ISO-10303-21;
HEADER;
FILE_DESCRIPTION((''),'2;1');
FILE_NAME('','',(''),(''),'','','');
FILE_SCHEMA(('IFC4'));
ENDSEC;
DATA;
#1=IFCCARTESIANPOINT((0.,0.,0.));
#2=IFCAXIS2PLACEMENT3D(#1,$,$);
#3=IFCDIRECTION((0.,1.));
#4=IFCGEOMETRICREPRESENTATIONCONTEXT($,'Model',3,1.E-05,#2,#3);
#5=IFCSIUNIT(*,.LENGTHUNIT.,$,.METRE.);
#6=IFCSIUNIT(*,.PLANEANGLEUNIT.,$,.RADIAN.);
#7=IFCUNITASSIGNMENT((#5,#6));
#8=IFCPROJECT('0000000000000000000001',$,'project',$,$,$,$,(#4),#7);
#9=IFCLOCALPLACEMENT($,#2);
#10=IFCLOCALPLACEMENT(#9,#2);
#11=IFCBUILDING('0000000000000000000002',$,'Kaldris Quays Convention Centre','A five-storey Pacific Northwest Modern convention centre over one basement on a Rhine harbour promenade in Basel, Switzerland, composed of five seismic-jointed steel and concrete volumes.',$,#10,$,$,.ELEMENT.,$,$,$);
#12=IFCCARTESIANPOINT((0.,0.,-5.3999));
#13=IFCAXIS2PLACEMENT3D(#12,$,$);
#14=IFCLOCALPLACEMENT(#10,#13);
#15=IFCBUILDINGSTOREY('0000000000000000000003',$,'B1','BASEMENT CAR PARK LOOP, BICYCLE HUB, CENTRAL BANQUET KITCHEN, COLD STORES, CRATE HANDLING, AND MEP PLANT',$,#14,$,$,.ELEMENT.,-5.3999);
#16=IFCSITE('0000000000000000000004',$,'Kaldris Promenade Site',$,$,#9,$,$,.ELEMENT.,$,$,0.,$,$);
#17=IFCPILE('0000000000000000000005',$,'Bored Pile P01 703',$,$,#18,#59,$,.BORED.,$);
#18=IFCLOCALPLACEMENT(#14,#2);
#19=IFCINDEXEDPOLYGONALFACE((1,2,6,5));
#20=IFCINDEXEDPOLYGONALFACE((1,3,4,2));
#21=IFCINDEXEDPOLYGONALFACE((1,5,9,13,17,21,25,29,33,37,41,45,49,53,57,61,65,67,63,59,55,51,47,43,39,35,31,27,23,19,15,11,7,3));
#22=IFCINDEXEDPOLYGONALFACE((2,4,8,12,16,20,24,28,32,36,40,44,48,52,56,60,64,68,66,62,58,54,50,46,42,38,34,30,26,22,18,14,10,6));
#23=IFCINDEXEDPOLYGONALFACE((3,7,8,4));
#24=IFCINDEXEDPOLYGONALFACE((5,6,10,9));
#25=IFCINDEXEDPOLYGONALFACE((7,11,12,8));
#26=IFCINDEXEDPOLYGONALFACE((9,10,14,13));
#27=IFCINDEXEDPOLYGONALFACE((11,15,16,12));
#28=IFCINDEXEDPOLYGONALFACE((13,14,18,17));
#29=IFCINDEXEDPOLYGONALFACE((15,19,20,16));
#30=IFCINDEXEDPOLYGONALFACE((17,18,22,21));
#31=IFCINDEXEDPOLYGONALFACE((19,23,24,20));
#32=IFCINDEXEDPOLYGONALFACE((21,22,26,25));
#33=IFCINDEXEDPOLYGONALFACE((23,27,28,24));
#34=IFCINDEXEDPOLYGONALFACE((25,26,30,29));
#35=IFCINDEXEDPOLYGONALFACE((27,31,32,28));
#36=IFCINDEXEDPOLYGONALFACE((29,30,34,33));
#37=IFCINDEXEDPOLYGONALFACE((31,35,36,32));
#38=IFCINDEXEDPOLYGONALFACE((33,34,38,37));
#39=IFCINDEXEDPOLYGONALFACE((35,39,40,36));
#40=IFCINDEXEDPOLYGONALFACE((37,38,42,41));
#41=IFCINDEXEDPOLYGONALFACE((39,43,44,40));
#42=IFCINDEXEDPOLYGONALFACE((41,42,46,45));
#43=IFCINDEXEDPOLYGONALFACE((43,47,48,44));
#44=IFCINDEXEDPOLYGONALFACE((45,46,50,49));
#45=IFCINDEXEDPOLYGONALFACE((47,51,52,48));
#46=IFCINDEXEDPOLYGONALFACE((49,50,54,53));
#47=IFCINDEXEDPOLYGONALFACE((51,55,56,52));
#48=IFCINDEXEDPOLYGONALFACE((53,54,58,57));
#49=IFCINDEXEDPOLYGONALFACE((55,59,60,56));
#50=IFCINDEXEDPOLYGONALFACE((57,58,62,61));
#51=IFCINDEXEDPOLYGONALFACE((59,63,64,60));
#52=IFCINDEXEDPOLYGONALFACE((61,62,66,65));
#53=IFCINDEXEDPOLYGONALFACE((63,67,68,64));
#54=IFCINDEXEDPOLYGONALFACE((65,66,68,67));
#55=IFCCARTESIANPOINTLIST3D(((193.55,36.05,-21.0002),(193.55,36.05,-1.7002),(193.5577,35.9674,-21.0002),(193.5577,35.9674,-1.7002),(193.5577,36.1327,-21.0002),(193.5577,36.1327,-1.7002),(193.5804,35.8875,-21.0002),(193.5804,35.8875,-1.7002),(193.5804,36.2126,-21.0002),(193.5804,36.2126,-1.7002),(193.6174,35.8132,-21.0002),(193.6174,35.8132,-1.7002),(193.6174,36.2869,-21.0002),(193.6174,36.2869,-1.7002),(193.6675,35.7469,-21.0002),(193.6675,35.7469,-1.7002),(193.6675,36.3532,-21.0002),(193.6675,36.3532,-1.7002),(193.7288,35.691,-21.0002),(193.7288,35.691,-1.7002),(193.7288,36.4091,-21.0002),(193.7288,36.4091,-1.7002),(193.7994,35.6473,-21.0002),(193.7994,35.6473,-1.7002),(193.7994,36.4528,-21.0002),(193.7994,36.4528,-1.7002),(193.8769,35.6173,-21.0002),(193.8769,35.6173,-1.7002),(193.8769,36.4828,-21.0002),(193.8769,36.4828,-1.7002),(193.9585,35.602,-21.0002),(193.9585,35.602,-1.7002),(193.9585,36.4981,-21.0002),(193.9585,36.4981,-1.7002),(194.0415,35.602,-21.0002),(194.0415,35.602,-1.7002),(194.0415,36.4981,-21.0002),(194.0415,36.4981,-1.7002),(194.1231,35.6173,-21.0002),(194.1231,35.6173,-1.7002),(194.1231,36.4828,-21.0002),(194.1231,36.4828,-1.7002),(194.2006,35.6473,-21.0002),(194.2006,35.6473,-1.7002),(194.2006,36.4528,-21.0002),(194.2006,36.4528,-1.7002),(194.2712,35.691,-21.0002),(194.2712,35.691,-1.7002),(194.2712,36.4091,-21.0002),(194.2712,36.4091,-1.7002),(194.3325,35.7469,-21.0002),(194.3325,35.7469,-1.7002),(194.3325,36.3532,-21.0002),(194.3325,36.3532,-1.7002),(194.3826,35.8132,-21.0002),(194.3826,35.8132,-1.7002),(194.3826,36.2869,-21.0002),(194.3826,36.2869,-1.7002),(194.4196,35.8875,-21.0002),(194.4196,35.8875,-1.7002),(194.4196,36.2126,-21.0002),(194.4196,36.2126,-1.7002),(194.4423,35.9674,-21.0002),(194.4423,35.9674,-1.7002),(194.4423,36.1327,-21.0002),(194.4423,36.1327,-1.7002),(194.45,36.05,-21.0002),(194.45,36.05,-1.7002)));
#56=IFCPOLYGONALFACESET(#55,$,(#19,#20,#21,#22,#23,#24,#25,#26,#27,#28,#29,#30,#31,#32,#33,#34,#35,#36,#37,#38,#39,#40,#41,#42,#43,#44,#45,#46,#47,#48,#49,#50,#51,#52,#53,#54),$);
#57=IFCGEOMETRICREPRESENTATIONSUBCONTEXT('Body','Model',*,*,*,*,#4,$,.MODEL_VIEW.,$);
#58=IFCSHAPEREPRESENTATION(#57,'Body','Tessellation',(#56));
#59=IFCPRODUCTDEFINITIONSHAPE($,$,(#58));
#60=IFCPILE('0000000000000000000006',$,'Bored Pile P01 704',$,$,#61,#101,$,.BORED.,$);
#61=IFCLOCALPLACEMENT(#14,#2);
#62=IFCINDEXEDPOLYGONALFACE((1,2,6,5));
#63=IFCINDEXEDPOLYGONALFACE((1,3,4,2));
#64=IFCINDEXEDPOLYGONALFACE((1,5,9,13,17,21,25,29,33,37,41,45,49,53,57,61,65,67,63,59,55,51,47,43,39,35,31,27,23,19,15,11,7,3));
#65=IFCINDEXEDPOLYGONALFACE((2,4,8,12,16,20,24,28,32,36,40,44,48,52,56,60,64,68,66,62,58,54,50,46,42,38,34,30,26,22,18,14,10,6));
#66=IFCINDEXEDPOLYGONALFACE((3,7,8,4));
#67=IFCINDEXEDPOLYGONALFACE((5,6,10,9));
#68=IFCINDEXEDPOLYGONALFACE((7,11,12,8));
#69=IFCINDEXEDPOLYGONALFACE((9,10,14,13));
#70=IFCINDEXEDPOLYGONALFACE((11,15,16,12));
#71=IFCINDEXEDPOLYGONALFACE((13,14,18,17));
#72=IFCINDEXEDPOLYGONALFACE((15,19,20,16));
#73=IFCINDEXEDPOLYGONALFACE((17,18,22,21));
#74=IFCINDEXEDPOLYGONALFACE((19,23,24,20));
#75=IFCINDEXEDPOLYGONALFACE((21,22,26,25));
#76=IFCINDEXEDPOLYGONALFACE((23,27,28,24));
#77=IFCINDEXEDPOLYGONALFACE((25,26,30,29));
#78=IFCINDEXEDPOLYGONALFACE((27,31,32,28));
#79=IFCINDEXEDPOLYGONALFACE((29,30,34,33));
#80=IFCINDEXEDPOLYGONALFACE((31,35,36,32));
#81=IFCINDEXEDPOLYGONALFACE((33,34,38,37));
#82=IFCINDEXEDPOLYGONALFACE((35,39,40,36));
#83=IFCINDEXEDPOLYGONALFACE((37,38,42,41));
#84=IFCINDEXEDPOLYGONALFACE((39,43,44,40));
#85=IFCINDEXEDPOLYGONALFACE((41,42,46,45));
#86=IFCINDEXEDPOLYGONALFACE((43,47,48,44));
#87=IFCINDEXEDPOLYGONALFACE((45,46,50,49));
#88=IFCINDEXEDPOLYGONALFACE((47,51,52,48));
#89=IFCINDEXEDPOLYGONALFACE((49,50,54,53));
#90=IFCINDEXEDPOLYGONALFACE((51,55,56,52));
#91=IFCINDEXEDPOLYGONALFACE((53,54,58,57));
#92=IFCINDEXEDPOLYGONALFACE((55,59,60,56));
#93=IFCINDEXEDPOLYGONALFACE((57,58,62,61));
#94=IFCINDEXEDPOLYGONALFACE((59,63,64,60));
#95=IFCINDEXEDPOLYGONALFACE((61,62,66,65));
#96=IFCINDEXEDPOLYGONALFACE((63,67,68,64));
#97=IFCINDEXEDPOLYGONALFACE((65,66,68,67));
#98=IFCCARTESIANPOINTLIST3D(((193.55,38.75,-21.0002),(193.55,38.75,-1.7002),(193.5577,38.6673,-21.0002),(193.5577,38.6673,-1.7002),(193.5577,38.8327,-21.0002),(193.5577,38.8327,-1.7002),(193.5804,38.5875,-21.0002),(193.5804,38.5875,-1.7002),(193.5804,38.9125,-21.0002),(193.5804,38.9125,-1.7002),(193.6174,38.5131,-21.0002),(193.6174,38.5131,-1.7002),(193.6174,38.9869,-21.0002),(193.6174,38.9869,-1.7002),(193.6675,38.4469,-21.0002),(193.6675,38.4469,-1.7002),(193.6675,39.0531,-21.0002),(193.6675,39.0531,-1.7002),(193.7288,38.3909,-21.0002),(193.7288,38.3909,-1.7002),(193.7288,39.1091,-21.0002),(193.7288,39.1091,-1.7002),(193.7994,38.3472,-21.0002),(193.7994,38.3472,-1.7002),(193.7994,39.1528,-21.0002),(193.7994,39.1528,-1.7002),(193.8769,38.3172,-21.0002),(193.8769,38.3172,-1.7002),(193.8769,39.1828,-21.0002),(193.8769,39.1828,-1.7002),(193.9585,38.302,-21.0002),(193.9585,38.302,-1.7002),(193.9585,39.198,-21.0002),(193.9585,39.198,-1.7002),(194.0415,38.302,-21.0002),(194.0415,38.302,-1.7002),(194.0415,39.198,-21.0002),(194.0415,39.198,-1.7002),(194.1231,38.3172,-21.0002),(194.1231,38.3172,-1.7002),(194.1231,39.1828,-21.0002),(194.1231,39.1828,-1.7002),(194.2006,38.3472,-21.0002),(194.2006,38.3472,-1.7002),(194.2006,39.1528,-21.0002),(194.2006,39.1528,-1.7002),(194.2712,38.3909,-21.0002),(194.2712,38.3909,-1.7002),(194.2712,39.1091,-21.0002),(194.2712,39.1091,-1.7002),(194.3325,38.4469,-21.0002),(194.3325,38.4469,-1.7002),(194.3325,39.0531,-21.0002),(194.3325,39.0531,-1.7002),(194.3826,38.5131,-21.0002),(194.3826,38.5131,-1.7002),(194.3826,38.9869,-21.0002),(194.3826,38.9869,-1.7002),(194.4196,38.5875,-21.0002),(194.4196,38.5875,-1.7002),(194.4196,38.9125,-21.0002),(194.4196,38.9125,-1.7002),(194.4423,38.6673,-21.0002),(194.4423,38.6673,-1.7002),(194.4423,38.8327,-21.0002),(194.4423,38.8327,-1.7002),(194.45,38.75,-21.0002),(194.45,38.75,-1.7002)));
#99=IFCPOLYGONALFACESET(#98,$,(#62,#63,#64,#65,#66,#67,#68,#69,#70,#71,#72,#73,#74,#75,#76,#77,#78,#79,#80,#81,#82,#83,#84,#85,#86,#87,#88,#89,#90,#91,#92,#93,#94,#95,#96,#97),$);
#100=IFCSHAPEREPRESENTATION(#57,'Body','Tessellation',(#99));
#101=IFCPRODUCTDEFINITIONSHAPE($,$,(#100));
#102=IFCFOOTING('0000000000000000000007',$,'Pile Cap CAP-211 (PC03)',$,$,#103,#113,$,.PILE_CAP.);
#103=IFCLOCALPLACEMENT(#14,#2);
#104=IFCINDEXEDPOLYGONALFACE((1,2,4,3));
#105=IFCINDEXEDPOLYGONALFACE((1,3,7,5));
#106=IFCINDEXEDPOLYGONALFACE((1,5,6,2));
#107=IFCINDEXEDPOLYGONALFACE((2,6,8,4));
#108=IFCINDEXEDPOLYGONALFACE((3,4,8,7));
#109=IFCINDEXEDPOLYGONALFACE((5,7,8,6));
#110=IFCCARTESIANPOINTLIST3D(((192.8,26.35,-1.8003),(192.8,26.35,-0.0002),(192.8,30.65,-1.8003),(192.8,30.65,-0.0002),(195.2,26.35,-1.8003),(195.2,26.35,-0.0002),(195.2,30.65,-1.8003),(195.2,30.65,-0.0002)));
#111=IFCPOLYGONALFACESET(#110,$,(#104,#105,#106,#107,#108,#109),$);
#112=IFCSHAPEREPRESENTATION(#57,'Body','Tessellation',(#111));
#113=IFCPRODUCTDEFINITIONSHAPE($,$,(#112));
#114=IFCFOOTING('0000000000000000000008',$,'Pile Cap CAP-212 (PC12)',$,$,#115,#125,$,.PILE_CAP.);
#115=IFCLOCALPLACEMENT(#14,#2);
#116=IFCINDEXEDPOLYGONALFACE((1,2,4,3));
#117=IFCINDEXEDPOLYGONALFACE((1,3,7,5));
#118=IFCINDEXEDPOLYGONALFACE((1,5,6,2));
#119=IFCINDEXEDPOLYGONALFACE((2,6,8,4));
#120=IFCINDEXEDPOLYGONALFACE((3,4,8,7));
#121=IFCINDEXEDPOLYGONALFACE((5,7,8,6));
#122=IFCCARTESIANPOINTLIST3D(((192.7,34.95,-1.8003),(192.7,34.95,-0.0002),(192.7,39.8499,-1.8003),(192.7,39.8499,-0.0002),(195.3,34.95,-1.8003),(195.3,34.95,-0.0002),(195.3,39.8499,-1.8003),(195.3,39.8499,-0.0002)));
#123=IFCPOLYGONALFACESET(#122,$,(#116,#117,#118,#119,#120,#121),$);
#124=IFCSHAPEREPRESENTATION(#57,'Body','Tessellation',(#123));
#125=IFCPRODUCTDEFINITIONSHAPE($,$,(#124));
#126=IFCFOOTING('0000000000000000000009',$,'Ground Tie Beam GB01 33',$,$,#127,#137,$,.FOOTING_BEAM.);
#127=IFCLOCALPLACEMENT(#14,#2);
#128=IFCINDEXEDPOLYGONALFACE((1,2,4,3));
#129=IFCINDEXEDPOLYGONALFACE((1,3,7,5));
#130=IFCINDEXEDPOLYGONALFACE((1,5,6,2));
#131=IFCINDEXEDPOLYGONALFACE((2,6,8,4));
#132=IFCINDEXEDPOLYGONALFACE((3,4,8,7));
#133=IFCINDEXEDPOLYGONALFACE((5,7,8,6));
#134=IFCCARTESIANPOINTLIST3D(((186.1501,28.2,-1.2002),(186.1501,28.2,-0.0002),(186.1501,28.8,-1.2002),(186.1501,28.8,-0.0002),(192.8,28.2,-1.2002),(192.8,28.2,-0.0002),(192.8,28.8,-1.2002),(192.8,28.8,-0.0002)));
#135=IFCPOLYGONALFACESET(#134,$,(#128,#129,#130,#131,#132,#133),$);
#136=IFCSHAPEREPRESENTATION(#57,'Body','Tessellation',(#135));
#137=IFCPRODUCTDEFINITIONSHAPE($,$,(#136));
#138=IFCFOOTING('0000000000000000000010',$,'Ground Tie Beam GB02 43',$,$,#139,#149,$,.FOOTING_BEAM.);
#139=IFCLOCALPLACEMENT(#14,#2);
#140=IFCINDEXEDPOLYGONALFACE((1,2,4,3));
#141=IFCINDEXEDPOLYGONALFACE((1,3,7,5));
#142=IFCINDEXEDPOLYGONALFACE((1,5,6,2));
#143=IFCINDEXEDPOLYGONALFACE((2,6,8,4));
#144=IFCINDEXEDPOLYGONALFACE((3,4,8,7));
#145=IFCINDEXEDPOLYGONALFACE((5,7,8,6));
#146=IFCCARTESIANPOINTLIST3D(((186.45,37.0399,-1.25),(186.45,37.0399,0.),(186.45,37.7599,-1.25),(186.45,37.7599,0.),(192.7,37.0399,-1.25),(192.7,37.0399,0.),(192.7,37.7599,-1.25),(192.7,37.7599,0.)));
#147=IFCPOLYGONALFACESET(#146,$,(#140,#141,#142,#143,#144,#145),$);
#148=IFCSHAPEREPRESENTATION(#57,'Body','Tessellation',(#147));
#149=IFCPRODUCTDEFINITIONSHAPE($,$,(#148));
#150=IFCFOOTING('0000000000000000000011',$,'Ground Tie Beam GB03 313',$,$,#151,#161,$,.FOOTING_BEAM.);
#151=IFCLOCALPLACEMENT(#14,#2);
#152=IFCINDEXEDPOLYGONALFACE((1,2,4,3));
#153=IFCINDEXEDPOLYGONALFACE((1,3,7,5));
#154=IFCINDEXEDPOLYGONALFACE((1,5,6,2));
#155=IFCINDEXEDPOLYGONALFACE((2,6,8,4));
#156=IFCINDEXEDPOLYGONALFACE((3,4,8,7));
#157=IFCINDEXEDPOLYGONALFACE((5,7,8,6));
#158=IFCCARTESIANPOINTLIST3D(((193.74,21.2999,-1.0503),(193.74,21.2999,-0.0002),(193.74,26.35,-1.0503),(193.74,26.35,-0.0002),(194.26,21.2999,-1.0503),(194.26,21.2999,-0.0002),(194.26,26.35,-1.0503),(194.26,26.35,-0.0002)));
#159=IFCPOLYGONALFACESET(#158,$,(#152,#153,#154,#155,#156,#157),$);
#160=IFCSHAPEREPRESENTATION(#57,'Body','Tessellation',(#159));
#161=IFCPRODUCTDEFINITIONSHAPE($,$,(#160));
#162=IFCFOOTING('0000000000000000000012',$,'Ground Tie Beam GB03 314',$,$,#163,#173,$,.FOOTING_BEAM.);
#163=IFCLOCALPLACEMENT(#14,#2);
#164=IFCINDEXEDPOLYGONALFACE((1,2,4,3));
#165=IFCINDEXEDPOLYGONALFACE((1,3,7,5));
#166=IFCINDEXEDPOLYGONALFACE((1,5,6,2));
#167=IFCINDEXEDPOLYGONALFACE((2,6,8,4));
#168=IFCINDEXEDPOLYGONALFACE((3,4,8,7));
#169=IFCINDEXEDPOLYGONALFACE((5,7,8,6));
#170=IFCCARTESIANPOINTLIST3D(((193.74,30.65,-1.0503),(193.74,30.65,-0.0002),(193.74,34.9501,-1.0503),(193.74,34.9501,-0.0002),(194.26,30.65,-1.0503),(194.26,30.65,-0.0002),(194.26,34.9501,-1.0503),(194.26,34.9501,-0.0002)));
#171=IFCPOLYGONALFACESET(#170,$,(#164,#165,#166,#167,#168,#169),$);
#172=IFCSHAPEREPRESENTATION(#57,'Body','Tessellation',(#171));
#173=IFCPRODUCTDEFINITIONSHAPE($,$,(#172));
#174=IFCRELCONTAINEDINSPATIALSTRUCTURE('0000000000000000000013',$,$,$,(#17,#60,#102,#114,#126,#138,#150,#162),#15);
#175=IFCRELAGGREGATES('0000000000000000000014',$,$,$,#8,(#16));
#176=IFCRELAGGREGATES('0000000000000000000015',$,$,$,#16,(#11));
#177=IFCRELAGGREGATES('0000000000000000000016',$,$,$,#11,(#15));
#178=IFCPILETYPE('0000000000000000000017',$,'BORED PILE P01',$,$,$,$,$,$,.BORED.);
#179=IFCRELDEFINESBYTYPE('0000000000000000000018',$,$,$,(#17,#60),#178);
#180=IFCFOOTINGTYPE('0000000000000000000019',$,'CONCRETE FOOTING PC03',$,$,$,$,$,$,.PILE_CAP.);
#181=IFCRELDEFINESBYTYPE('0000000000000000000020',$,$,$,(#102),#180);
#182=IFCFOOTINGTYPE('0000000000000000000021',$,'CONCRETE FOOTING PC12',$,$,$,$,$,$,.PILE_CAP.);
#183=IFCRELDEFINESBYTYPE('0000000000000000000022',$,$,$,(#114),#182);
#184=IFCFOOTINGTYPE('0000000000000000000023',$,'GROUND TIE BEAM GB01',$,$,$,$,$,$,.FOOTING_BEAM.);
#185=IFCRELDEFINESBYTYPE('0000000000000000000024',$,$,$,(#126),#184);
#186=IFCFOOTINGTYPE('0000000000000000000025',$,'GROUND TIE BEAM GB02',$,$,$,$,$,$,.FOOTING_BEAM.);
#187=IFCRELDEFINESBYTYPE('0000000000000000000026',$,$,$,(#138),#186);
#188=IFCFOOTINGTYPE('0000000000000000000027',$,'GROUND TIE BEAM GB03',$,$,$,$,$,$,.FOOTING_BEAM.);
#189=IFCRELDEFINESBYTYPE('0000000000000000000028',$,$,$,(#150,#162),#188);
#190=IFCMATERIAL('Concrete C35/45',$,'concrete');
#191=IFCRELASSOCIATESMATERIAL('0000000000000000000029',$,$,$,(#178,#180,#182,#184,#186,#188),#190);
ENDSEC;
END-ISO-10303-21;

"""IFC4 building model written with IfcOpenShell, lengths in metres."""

from ifc_helpers import new_model, si_unit, direction, frame, origin, origin_2d, place, context, subcontext, project, spatial, rectangle, circle, extrude, material, material_profile, profile_set, type_object, element, save


model = new_model("IFC4")

# Units and contexts
model_context = context("Model", 3, precision=1e-05, world=origin(), true_north=direction((0.0, 1.0)))
body_context = subcontext(model_context, "Body", "Model", "MODEL_VIEW")
ifc_project = project(units=[si_unit("LENGTHUNIT", "METRE"), si_unit("PLANEANGLEUNIT", "RADIAN")], contexts=[model_context])

# Site, building, storey
site_placement = place(None, origin())
site = spatial("IfcSite", under=ifc_project, at=site_placement, Name="Kaldris Promenade Site", CompositionType="ELEMENT", RefElevation=0.0)
building_placement = place(site_placement, origin())
building = spatial("IfcBuilding", under=site, at=building_placement, Name="Kaldris Quays Convention Centre", Description="A five-storey Pacific Northwest Modern convention centre over one basement on a Rhine harbour promenade in Basel, Switzerland, composed of five seismic-jointed steel and concrete volumes.", CompositionType="ELEMENT")
storey_placement = place(building_placement, frame((0.0, 0.0, -5.3999)))
storey = spatial("IfcBuildingStorey", under=building, at=storey_placement, Name="B1", Description="BASEMENT CAR PARK LOOP, BICYCLE HUB, CENTRAL BANQUET KITCHEN, COLD STORES, CRATE HANDLING, AND MEP PLANT", CompositionType="ELEMENT", Elevation=-5.3999)

# Piles
ifc_material_1 = material(Name="Concrete C35/45", Category="concrete")
ifc_material_profile_1 = material_profile(ifc_material_1, circle(Radius=0.45, at=origin_2d()), Name="BORED PILE D900")
ifc_profile_set_1 = profile_set([ifc_material_profile_1], Name="Concrete C35/45")
pile_type = type_object("IfcPileType", Name="BORED PILE P01", PredefinedType="BORED", material=ifc_profile_set_1)
for number, where, z_axis, x_axis, name in (
    (1, (194.0, 36.05, -1.7002), (0.0, 0.0, -1.0), (1.0, 0.0, 0.0), "Bored Pile P01 703"),
    (2, (194.0, 38.75, -1.7002), (0.0, 0.0, -1.0), (1.0, 0.0, 0.0), "Bored Pile P01 704"),
):
    element("IfcPile", number, at=place(storey_placement, frame(where, z_axis=z_axis, x_axis=x_axis)), inside=storey, type_object=pile_type, Name=name, PredefinedType="BORED", context=body_context, shape_type="SweptSolid", body=[
        extrude(circle(Radius=0.45, at=origin_2d()), origin(), (0.0, 0.0, 1.0), 19.3),
    ])

# Footings
footing_type_1 = type_object("IfcFootingType", Name="CONCRETE FOOTING PC03", PredefinedType="PILE_CAP", material=ifc_material_1)
footing_1_placement = place(storey_placement, frame((194.0, 28.5, -1.8003), z_axis=(0.0, 0.0, 1.0), x_axis=(1.0, 0.0, 0.0)))
element("IfcFooting", 3, at=footing_1_placement, inside=storey, type_object=footing_type_1, Name="Pile Cap CAP-211 (PC03)", PredefinedType="PILE_CAP", context=body_context, shape_type="SweptSolid", body=[
    extrude(rectangle(XDim=2.3999, YDim=4.3, at=origin_2d()), origin(), (0.0, 0.0, 1.0), 1.8),
])
footing_type_2 = type_object("IfcFootingType", Name="CONCRETE FOOTING PC12", PredefinedType="PILE_CAP", material=ifc_material_1)
footing_2_placement = place(storey_placement, frame((194.0, 37.3999, -1.8003), z_axis=(0.0, 0.0, 1.0), x_axis=(1.0, 0.0, 0.0)))
element("IfcFooting", 4, at=footing_2_placement, inside=storey, type_object=footing_type_2, Name="Pile Cap CAP-212 (PC12)", PredefinedType="PILE_CAP", context=body_context, shape_type="SweptSolid", body=[
    extrude(rectangle(XDim=2.6001, YDim=4.8999, at=origin_2d()), origin(), (0.0, 0.0, 1.0), 1.8),
])
footing_type_3 = type_object("IfcFootingType", Name="GROUND TIE BEAM GB01", PredefinedType="FOOTING_BEAM", material=ifc_material_1)
footing_3_placement = place(storey_placement, frame((189.4751, 28.5, -1.2002), z_axis=(0.0, 0.0, 1.0), x_axis=(1.0, 0.0, 0.0)))
element("IfcFooting", 5, at=footing_3_placement, inside=storey, type_object=footing_type_3, Name="Ground Tie Beam GB01 33", PredefinedType="FOOTING_BEAM", context=body_context, shape_type="SweptSolid", body=[
    extrude(rectangle(XDim=6.6499, YDim=0.6001, at=origin_2d()), origin(), (0.0, 0.0, 1.0), 1.2),
])
footing_type_4 = type_object("IfcFootingType", Name="GROUND TIE BEAM GB02", PredefinedType="FOOTING_BEAM", material=ifc_material_1)
footing_4_placement = place(storey_placement, frame((189.575, 37.3999, -1.25), z_axis=(0.0, 0.0, 1.0), x_axis=(1.0, 0.0, 0.0)))
element("IfcFooting", 6, at=footing_4_placement, inside=storey, type_object=footing_type_4, Name="Ground Tie Beam GB02 43", PredefinedType="FOOTING_BEAM", context=body_context, shape_type="SweptSolid", body=[
    extrude(rectangle(XDim=6.25, YDim=0.72, at=origin_2d()), origin(), (0.0, 0.0, 1.0), 1.25),
])
footing_type_5 = type_object("IfcFootingType", Name="GROUND TIE BEAM GB03", PredefinedType="FOOTING_BEAM", material=ifc_material_1)
footing_5_placement = place(storey_placement, frame((194.0, 23.825, -1.0503), z_axis=(0.0, 0.0, 1.0), x_axis=(1.0, 0.0, 0.0)))
element("IfcFooting", 7, at=footing_5_placement, inside=storey, type_object=footing_type_5, Name="Ground Tie Beam GB03 313", PredefinedType="FOOTING_BEAM", context=body_context, shape_type="SweptSolid", body=[
    extrude(rectangle(XDim=0.52, YDim=5.05, at=origin_2d()), origin(), (0.0, 0.0, 1.0), 1.05),
])
footing_6_placement = place(storey_placement, frame((194.0, 32.8, -1.0503), z_axis=(0.0, 0.0, 1.0), x_axis=(1.0, 0.0, 0.0)))
element("IfcFooting", 8, at=footing_6_placement, inside=storey, type_object=footing_type_5, Name="Ground Tie Beam GB03 314", PredefinedType="FOOTING_BEAM", context=body_context, shape_type="SweptSolid", body=[
    extrude(rectangle(XDim=0.52, YDim=4.3, at=origin_2d()), origin(), (0.0, 0.0, 1.0), 1.05),
])

save(model, "model.ifc")
